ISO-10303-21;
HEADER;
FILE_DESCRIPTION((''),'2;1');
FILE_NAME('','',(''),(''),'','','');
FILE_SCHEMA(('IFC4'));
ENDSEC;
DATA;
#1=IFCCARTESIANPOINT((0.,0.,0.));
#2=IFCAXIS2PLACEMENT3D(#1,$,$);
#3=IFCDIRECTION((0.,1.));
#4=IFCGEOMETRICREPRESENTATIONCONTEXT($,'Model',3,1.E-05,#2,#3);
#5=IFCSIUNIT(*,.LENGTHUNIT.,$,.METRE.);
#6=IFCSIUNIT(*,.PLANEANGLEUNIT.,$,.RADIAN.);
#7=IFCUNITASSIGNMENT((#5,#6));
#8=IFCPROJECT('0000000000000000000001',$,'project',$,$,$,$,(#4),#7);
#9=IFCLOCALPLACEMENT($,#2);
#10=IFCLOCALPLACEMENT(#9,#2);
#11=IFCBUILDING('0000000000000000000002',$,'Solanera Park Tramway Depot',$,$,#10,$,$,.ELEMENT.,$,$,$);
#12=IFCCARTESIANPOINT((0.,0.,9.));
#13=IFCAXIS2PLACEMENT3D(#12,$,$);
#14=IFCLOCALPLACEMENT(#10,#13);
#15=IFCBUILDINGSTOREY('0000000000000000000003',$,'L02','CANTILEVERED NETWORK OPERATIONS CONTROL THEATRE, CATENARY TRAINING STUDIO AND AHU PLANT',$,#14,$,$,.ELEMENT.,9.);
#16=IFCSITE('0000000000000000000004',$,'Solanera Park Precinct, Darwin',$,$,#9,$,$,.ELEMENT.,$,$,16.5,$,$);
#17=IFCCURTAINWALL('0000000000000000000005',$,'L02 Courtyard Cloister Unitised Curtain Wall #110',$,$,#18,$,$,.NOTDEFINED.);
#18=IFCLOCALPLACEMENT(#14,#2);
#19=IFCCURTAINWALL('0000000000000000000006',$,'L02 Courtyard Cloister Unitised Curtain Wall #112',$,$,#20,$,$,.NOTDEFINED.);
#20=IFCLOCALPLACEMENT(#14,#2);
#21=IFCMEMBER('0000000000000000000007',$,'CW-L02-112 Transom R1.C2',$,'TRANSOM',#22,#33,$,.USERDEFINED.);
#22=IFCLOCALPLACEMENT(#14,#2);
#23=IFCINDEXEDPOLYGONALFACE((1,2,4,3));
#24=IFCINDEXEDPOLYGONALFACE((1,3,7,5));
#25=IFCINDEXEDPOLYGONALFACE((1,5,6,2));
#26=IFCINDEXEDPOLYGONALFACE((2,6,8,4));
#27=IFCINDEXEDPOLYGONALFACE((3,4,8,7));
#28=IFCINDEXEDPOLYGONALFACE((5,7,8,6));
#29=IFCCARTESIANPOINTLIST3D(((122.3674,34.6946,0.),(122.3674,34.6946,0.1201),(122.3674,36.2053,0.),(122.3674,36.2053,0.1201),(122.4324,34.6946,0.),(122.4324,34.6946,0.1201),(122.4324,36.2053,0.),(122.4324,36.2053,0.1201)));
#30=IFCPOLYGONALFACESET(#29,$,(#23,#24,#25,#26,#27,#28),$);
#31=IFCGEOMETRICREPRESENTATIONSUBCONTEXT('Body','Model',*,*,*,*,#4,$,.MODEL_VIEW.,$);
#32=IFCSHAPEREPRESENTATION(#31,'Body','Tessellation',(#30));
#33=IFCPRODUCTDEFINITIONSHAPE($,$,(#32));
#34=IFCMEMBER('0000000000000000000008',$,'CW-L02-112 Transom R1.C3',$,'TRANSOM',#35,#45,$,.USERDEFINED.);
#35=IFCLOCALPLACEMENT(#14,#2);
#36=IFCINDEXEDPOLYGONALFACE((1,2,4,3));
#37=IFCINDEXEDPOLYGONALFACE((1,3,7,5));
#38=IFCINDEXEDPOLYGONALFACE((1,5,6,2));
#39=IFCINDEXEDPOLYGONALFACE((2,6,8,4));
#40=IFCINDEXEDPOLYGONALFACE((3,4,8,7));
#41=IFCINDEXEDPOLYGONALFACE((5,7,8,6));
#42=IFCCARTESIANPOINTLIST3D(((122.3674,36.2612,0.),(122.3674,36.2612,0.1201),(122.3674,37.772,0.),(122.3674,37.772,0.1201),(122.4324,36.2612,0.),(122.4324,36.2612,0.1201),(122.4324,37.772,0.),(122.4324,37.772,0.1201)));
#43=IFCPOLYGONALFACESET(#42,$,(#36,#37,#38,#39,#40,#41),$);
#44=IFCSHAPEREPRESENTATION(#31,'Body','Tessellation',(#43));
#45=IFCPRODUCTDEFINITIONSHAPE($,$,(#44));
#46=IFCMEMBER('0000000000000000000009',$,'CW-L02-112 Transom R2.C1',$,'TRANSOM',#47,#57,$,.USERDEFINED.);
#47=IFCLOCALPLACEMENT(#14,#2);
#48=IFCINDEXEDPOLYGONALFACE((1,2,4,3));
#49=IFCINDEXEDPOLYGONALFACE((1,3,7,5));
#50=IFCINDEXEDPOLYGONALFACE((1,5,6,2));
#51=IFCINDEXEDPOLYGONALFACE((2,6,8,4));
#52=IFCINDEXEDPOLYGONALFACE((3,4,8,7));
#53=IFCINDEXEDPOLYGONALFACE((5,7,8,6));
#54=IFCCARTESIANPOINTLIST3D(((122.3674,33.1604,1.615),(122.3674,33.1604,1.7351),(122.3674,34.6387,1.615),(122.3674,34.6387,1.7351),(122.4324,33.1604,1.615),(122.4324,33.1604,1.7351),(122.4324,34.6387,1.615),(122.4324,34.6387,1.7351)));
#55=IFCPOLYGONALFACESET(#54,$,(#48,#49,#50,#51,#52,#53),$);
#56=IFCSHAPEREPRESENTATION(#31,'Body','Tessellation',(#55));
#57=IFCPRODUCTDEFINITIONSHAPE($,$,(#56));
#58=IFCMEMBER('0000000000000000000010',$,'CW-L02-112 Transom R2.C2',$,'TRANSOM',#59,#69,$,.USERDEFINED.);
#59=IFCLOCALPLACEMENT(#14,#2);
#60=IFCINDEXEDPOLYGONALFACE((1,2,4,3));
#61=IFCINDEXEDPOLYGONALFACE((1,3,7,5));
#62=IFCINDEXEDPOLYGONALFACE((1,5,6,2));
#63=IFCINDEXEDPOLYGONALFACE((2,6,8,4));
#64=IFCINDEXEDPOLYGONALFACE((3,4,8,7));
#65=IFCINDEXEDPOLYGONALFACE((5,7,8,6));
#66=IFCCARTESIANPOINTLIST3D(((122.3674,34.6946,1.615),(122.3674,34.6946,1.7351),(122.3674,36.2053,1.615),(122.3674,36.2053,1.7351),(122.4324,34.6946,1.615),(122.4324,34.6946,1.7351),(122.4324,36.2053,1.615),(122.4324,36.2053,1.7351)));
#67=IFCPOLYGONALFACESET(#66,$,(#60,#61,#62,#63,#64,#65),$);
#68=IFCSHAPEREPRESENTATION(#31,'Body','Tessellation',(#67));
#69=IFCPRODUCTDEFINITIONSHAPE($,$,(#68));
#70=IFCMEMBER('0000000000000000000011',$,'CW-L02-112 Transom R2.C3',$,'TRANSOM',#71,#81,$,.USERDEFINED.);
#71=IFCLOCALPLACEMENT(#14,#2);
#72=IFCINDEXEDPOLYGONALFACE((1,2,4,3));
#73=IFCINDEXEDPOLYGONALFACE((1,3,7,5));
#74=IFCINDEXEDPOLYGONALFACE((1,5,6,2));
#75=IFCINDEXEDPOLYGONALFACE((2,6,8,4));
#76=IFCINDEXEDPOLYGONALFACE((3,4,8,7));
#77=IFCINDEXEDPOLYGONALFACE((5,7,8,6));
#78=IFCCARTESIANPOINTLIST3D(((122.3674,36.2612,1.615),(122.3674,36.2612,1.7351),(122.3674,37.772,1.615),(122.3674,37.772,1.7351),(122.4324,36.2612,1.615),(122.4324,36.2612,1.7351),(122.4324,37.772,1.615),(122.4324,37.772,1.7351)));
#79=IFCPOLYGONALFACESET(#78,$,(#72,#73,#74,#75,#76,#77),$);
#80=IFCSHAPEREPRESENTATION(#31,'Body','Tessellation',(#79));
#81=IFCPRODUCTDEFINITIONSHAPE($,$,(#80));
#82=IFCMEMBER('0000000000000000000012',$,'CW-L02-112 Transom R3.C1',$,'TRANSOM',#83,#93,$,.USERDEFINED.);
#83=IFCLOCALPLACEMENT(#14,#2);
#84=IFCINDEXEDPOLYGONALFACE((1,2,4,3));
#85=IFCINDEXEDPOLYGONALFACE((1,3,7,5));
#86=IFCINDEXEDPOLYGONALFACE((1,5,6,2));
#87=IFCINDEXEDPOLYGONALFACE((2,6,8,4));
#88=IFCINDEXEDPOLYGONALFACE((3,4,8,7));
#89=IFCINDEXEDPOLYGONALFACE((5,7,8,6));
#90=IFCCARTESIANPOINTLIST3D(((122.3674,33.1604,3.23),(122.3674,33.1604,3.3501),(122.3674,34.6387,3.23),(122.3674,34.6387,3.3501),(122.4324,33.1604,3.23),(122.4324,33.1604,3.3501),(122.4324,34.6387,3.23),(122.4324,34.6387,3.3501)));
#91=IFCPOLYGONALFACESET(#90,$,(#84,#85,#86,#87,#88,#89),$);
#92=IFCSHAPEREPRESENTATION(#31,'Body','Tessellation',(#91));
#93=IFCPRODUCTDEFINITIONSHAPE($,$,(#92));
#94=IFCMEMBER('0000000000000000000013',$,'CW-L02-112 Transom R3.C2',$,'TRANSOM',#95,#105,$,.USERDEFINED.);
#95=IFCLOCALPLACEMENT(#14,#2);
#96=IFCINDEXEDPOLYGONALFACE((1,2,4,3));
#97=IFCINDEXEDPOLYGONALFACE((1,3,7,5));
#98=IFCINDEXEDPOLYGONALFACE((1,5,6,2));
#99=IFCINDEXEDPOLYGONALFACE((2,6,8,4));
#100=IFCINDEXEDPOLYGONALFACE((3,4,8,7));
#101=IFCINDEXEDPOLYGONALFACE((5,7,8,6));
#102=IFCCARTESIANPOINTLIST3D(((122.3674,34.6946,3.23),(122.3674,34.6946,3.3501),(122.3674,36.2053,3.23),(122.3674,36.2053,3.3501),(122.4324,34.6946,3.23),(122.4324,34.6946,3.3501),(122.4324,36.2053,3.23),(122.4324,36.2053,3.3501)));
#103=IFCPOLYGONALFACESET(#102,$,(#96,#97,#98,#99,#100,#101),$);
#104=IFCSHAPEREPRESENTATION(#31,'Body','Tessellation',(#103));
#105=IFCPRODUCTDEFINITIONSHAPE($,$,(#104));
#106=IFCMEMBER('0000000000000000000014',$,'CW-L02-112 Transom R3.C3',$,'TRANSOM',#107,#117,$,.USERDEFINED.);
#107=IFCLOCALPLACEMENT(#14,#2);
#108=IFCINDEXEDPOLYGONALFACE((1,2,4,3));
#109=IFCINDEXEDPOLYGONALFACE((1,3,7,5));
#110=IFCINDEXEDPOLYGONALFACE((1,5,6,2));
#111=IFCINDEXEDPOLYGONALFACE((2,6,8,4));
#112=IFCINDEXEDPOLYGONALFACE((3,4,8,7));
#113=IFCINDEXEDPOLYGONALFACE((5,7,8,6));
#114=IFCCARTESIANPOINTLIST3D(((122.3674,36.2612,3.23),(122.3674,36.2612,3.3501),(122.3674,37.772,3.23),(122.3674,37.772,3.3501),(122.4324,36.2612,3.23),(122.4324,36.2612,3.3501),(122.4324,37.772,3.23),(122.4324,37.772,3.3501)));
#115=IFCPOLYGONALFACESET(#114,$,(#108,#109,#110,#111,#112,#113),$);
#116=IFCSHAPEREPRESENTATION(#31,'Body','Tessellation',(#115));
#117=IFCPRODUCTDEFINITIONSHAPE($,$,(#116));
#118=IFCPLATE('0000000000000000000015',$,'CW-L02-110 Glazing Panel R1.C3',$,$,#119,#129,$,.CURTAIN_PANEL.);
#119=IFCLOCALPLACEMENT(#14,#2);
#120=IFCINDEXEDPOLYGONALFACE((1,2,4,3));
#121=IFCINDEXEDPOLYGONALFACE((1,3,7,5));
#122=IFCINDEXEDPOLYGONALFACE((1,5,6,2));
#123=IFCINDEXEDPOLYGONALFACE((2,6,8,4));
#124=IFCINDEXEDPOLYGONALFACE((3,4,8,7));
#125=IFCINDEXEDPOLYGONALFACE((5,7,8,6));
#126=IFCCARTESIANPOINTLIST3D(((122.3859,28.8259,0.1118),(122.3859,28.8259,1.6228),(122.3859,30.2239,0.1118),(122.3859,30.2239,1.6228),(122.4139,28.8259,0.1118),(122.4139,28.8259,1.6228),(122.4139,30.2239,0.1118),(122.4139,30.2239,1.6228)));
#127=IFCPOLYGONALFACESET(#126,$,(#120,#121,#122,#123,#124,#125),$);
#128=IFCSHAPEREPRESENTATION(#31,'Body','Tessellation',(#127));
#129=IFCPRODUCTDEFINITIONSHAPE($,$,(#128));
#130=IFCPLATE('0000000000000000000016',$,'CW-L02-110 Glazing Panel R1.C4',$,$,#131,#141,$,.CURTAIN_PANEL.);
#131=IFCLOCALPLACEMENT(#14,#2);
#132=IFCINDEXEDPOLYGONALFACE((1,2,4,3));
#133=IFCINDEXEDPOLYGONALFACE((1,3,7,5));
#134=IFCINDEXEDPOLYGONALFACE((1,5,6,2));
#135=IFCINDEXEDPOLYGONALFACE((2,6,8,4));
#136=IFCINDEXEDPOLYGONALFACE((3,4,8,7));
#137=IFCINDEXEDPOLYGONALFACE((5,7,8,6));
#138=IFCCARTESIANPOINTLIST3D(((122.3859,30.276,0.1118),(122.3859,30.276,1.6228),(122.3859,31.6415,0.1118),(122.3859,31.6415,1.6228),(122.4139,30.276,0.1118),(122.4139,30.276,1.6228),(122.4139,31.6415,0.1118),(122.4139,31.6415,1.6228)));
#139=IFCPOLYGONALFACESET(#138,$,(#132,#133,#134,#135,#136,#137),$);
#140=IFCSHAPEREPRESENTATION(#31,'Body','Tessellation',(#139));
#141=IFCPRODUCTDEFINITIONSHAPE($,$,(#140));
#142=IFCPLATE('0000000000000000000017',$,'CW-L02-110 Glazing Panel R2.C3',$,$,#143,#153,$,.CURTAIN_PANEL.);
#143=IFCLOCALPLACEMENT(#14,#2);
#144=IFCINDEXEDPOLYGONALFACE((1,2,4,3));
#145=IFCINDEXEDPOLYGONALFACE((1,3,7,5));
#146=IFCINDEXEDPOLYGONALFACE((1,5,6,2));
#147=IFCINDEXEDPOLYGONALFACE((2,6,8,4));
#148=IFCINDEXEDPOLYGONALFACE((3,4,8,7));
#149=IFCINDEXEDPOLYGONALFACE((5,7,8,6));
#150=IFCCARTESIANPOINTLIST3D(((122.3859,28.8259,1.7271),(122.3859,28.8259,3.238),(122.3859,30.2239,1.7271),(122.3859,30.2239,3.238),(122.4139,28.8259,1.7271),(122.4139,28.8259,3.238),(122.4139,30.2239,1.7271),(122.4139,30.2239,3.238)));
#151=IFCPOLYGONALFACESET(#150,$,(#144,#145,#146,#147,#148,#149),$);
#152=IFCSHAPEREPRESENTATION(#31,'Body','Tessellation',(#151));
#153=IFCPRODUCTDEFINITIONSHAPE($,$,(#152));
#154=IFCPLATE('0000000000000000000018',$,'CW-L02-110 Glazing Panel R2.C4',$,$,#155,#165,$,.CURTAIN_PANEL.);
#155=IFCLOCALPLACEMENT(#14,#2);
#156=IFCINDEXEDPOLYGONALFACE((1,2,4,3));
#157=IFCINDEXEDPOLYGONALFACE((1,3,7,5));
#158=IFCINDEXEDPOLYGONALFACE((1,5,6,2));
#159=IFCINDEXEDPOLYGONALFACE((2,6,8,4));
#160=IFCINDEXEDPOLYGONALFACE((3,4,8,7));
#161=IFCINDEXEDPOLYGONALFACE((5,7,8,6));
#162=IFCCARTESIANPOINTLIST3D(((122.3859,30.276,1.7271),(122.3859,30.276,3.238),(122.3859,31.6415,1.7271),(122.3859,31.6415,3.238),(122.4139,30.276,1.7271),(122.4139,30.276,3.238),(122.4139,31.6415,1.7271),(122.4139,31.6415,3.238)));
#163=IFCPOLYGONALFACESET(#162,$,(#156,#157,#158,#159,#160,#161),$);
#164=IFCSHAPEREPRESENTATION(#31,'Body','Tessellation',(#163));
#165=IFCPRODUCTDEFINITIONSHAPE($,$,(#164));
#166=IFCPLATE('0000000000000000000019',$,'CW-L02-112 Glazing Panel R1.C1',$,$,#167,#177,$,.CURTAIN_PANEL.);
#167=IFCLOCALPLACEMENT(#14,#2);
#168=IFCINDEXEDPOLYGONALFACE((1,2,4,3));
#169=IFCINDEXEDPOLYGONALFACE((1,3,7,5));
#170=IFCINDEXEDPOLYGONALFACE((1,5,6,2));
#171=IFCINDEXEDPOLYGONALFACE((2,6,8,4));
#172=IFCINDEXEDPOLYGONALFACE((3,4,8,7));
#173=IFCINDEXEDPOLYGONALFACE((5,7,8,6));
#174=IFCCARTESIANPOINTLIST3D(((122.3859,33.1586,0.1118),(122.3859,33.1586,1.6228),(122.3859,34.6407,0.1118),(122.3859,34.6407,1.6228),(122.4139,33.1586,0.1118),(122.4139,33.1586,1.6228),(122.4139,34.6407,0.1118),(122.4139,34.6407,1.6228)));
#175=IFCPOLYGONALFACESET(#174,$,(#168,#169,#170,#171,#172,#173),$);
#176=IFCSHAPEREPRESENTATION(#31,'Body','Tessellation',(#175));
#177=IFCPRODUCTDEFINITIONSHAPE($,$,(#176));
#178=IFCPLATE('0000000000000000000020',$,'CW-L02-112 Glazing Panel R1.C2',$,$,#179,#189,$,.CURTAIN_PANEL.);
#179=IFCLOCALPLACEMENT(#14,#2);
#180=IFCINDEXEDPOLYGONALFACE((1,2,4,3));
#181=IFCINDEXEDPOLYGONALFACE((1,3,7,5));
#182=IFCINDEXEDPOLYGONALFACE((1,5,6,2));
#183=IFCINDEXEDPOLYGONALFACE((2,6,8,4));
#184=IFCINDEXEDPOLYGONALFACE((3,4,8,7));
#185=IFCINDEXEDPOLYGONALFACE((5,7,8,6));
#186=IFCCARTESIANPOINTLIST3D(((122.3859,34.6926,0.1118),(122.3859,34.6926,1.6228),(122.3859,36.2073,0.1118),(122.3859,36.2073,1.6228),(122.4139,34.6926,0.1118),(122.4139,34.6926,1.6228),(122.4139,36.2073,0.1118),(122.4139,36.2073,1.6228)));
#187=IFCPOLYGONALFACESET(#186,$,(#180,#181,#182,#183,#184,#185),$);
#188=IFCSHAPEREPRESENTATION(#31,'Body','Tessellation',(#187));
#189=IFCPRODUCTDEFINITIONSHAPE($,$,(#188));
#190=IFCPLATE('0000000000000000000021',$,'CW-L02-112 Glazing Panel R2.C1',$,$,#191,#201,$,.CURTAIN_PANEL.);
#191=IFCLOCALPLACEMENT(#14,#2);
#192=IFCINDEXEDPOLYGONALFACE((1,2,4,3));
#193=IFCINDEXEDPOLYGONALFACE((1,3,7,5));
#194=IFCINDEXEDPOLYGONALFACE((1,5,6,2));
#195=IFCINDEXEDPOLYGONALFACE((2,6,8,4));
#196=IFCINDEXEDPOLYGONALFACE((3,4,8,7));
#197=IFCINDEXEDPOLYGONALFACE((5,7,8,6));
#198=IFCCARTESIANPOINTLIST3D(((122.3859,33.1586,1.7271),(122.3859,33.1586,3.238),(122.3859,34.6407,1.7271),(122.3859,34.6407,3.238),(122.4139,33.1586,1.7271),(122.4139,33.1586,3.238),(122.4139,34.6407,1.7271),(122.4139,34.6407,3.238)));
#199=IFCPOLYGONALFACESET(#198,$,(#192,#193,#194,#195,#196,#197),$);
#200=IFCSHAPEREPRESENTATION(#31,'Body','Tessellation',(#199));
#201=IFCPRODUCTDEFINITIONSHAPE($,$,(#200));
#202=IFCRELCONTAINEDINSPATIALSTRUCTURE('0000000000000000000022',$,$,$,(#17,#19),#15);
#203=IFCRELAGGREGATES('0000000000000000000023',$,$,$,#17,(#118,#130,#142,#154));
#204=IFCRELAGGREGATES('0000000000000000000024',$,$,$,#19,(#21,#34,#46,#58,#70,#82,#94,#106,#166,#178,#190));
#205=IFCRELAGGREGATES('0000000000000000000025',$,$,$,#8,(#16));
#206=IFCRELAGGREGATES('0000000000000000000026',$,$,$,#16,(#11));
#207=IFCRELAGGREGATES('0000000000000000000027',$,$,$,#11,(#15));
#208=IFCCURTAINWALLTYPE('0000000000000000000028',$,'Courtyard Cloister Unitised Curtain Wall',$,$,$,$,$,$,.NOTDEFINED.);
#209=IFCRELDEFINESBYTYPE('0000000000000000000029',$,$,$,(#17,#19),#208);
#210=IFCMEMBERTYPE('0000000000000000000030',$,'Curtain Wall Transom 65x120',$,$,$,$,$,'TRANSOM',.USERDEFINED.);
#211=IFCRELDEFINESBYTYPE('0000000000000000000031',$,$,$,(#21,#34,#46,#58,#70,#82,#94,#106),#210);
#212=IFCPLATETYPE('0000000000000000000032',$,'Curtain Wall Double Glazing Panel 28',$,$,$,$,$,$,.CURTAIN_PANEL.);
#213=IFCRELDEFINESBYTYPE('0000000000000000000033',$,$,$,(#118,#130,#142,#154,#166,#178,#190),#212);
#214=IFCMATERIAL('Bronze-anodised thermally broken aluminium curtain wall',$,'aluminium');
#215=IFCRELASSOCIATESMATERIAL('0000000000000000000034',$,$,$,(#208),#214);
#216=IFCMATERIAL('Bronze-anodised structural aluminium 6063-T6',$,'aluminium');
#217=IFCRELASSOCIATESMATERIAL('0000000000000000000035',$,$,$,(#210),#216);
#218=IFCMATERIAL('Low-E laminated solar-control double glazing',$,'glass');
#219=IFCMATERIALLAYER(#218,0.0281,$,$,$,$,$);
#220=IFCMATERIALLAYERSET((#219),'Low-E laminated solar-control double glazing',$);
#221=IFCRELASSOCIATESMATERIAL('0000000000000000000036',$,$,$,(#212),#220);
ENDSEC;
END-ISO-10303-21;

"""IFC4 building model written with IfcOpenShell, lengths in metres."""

from ifc_helpers import new_model, si_unit, direction, frame, origin, origin_2d, place, context, subcontext, project, spatial, rectangle, extrude, material, layer, layer_set, material_profile, profile_set, type_object, element, aggregate, save


model = new_model("IFC4")

# Units and contexts
model_context = context("Model", 3, precision=1e-05, world=origin(), true_north=direction((0.0, 1.0)))
body_context = subcontext(model_context, "Body", "Model", "MODEL_VIEW")
ifc_project = project(units=[si_unit("LENGTHUNIT", "METRE"), si_unit("PLANEANGLEUNIT", "RADIAN")], contexts=[model_context])

# Site, building, storey
site_placement = place(None, origin())
site = spatial("IfcSite", under=ifc_project, at=site_placement, Name="Solanera Park Precinct, Darwin", CompositionType="ELEMENT", RefElevation=16.5)
building_placement = place(site_placement, origin())
building = spatial("IfcBuilding", under=site, at=building_placement, Name="Solanera Park Tramway Depot", CompositionType="ELEMENT")
storey_placement = place(building_placement, frame((0.0, 0.0, 9.0)))
storey = spatial("IfcBuildingStorey", under=building, at=storey_placement, Name="L02", Description="CANTILEVERED NETWORK OPERATIONS CONTROL THEATRE, CATENARY TRAINING STUDIO AND AHU PLANT", CompositionType="ELEMENT", Elevation=9.0)

# Curtain walls
ifc_material_1 = material(Name="Bronze-anodised thermally broken aluminium curtain wall", Category="aluminium")
curtain_wall_type = type_object("IfcCurtainWallType", Name="Courtyard Cloister Unitised Curtain Wall", PredefinedType="NOTDEFINED", material=ifc_material_1)
curtain_wall_1_placement = place(storey_placement, origin())
curtain_wall_1 = element("IfcCurtainWall", 1, at=curtain_wall_1_placement, inside=storey, type_object=curtain_wall_type, Name="L02 Courtyard Cloister Unitised Curtain Wall #110", PredefinedType="NOTDEFINED")
curtain_wall_2_placement = place(storey_placement, origin())
curtain_wall_2 = element("IfcCurtainWall", 2, at=curtain_wall_2_placement, inside=storey, type_object=curtain_wall_type, Name="L02 Courtyard Cloister Unitised Curtain Wall #112", PredefinedType="NOTDEFINED")

# Members
ifc_material_2 = material(Name="Bronze-anodised structural aluminium 6063-T6", Category="aluminium")
ifc_material_profile_1 = material_profile(ifc_material_2, rectangle(XDim=0.0649, YDim=0.1201, at=origin_2d()), Name="Curtain Wall Transom 65x120")
ifc_profile_set_1 = profile_set([ifc_material_profile_1], Name="Bronze-anodised structural aluminium 6063-T6")
member_type_1 = type_object("IfcMemberType", Name="Curtain Wall Transom 65x120", ElementType="TRANSOM", PredefinedType="USERDEFINED", material=ifc_profile_set_1)
member_1_placement = place(storey_placement, frame((122.3999, 34.6946, 0.0601), z_axis=(0.0, 1.0, 0.0), x_axis=(-1.0, 0.0, 0.0)))
member_1 = element("IfcMember", 3, at=member_1_placement, type_object=member_type_1, Name="CW-L02-112 Transom R1.C2", ObjectType="TRANSOM", PredefinedType="USERDEFINED", context=body_context, shape_type="SweptSolid", body=[
    extrude(rectangle(XDim=0.0649, YDim=0.1201, at=origin_2d()), origin(), (0.0, 0.0, 1.0), 1.5107),
])
member_2_placement = place(storey_placement, frame((122.3999, 36.2612, 0.0601), z_axis=(0.0, 1.0, 0.0), x_axis=(-1.0, 0.0, 0.0)))
member_2 = element("IfcMember", 4, at=member_2_placement, type_object=member_type_1, Name="CW-L02-112 Transom R1.C3", ObjectType="TRANSOM", PredefinedType="USERDEFINED", context=body_context, shape_type="SweptSolid", body=[
    extrude(rectangle(XDim=0.0649, YDim=0.1201, at=origin_2d()), origin(), (0.0, 0.0, 1.0), 1.5107),
])
member_3_placement = place(storey_placement, frame((122.3999, 33.1604, 1.675), z_axis=(0.0, 1.0, 0.0), x_axis=(-1.0, 0.0, 0.0)))
member_3 = element("IfcMember", 5, at=member_3_placement, type_object=member_type_1, Name="CW-L02-112 Transom R2.C1", ObjectType="TRANSOM", PredefinedType="USERDEFINED", context=body_context, shape_type="SweptSolid", body=[
    extrude(rectangle(XDim=0.0649, YDim=0.1201, at=origin_2d()), origin(), (0.0, 0.0, 1.0), 1.4783),
])
member_4_placement = place(storey_placement, frame((122.3999, 34.6946, 1.675), z_axis=(0.0, 1.0, 0.0), x_axis=(-1.0, 0.0, 0.0)))
member_4 = element("IfcMember", 6, at=member_4_placement, type_object=member_type_1, Name="CW-L02-112 Transom R2.C2", ObjectType="TRANSOM", PredefinedType="USERDEFINED", context=body_context, shape_type="SweptSolid", body=[
    extrude(rectangle(XDim=0.0649, YDim=0.1201, at=origin_2d()), origin(), (0.0, 0.0, 1.0), 1.5107),
])
member_5_placement = place(storey_placement, frame((122.3999, 36.2612, 1.675), z_axis=(0.0, 1.0, 0.0), x_axis=(-1.0, 0.0, 0.0)))
member_5 = element("IfcMember", 7, at=member_5_placement, type_object=member_type_1, Name="CW-L02-112 Transom R2.C3", ObjectType="TRANSOM", PredefinedType="USERDEFINED", context=body_context, shape_type="SweptSolid", body=[
    extrude(rectangle(XDim=0.0649, YDim=0.1201, at=origin_2d()), origin(), (0.0, 0.0, 1.0), 1.5107),
])
member_6_placement = place(storey_placement, frame((122.3999, 33.1604, 3.29), z_axis=(0.0, 1.0, 0.0), x_axis=(-1.0, 0.0, 0.0)))
member_6 = element("IfcMember", 8, at=member_6_placement, type_object=member_type_1, Name="CW-L02-112 Transom R3.C1", ObjectType="TRANSOM", PredefinedType="USERDEFINED", context=body_context, shape_type="SweptSolid", body=[
    extrude(rectangle(XDim=0.0649, YDim=0.1201, at=origin_2d()), origin(), (0.0, 0.0, 1.0), 1.4783),
])
member_7_placement = place(storey_placement, frame((122.3999, 34.6946, 3.29), z_axis=(0.0, 1.0, 0.0), x_axis=(-1.0, 0.0, 0.0)))
member_7 = element("IfcMember", 9, at=member_7_placement, type_object=member_type_1, Name="CW-L02-112 Transom R3.C2", ObjectType="TRANSOM", PredefinedType="USERDEFINED", context=body_context, shape_type="SweptSolid", body=[
    extrude(rectangle(XDim=0.0649, YDim=0.1201, at=origin_2d()), origin(), (0.0, 0.0, 1.0), 1.5107),
])
member_8_placement = place(storey_placement, frame((122.3999, 36.2612, 3.29), z_axis=(0.0, 1.0, 0.0), x_axis=(-1.0, 0.0, 0.0)))
member_8 = element("IfcMember", 10, at=member_8_placement, type_object=member_type_1, Name="CW-L02-112 Transom R3.C3", ObjectType="TRANSOM", PredefinedType="USERDEFINED", context=body_context, shape_type="SweptSolid", body=[
    extrude(rectangle(XDim=0.0649, YDim=0.1201, at=origin_2d()), origin(), (0.0, 0.0, 1.0), 1.5107),
])

# Plates
ifc_material_3 = material(Name="Low-E laminated solar-control double glazing", Category="glass")
ifc_layer_1 = layer(ifc_material_3, 0.0281)
ifc_layer_set_1 = layer_set([ifc_layer_1], Name="Low-E laminated solar-control double glazing")
plate_type = type_object("IfcPlateType", Name="Curtain Wall Double Glazing Panel 28", PredefinedType="CURTAIN_PANEL", material=ifc_layer_set_1)
plate_1_placement = place(storey_placement, frame((122.3999, 29.5249, 0.1118), z_axis=(0.0, 0.0, 1.0), x_axis=(0.0, 1.0, 0.0)))
plate_1 = element("IfcPlate", 11, at=plate_1_placement, type_object=plate_type, Name="CW-L02-110 Glazing Panel R1.C3", PredefinedType="CURTAIN_PANEL", context=body_context, shape_type="SweptSolid", body=[
    extrude(rectangle(XDim=1.3979, YDim=0.0281, at=origin_2d()), origin(), (0.0, 0.0, 1.0), 1.511),
])
plate_2_placement = place(storey_placement, frame((122.3999, 30.9587, 0.1118), z_axis=(0.0, 0.0, 1.0), x_axis=(0.0, 1.0, 0.0)))
plate_2 = element("IfcPlate", 12, at=plate_2_placement, type_object=plate_type, Name="CW-L02-110 Glazing Panel R1.C4", PredefinedType="CURTAIN_PANEL", context=body_context, shape_type="SweptSolid", body=[
    extrude(rectangle(XDim=1.3655, YDim=0.0281, at=origin_2d()), origin(), (0.0, 0.0, 1.0), 1.511),
])
plate_3_placement = place(storey_placement, frame((122.3999, 29.5249, 1.7271), z_axis=(0.0, 0.0, 1.0), x_axis=(0.0, 1.0, 0.0)))
plate_3 = element("IfcPlate", 13, at=plate_3_placement, type_object=plate_type, Name="CW-L02-110 Glazing Panel R2.C3", PredefinedType="CURTAIN_PANEL", context=body_context, shape_type="SweptSolid", body=[
    extrude(rectangle(XDim=1.3979, YDim=0.0281, at=origin_2d()), origin(), (0.0, 0.0, 1.0), 1.511),
])
plate_4_placement = place(storey_placement, frame((122.3999, 30.9587, 1.7271), z_axis=(0.0, 0.0, 1.0), x_axis=(0.0, 1.0, 0.0)))
plate_4 = element("IfcPlate", 14, at=plate_4_placement, type_object=plate_type, Name="CW-L02-110 Glazing Panel R2.C4", PredefinedType="CURTAIN_PANEL", context=body_context, shape_type="SweptSolid", body=[
    extrude(rectangle(XDim=1.3655, YDim=0.0281, at=origin_2d()), origin(), (0.0, 0.0, 1.0), 1.511),
])
aggregate(curtain_wall_1, [plate_1, plate_2, plate_3, plate_4])
plate_5_placement = place(storey_placement, frame((122.3999, 33.8997, 0.1118), z_axis=(0.0, 0.0, 1.0), x_axis=(0.0, 1.0, 0.0)))
plate_5 = element("IfcPlate", 15, at=plate_5_placement, type_object=plate_type, Name="CW-L02-112 Glazing Panel R1.C1", PredefinedType="CURTAIN_PANEL", context=body_context, shape_type="SweptSolid", body=[
    extrude(rectangle(XDim=1.4822, YDim=0.0281, at=origin_2d()), origin(), (0.0, 0.0, 1.0), 1.511),
])
plate_6_placement = place(storey_placement, frame((122.3999, 35.45, 0.1118), z_axis=(0.0, 0.0, 1.0), x_axis=(0.0, 1.0, 0.0)))
plate_6 = element("IfcPlate", 16, at=plate_6_placement, type_object=plate_type, Name="CW-L02-112 Glazing Panel R1.C2", PredefinedType="CURTAIN_PANEL", context=body_context, shape_type="SweptSolid", body=[
    extrude(rectangle(XDim=1.5146, YDim=0.0281, at=origin_2d()), origin(), (0.0, 0.0, 1.0), 1.511),
])
plate_7_placement = place(storey_placement, frame((122.3999, 33.8997, 1.7271), z_axis=(0.0, 0.0, 1.0), x_axis=(0.0, 1.0, 0.0)))
plate_7 = element("IfcPlate", 17, at=plate_7_placement, type_object=plate_type, Name="CW-L02-112 Glazing Panel R2.C1", PredefinedType="CURTAIN_PANEL", context=body_context, shape_type="SweptSolid", body=[
    extrude(rectangle(XDim=1.4822, YDim=0.0281, at=origin_2d()), origin(), (0.0, 0.0, 1.0), 1.511),
])
aggregate(curtain_wall_2, [member_1, member_2, member_3, member_4, member_5, member_6, member_7, member_8, plate_5, plate_6, plate_7])

save(model, "model.ifc")
